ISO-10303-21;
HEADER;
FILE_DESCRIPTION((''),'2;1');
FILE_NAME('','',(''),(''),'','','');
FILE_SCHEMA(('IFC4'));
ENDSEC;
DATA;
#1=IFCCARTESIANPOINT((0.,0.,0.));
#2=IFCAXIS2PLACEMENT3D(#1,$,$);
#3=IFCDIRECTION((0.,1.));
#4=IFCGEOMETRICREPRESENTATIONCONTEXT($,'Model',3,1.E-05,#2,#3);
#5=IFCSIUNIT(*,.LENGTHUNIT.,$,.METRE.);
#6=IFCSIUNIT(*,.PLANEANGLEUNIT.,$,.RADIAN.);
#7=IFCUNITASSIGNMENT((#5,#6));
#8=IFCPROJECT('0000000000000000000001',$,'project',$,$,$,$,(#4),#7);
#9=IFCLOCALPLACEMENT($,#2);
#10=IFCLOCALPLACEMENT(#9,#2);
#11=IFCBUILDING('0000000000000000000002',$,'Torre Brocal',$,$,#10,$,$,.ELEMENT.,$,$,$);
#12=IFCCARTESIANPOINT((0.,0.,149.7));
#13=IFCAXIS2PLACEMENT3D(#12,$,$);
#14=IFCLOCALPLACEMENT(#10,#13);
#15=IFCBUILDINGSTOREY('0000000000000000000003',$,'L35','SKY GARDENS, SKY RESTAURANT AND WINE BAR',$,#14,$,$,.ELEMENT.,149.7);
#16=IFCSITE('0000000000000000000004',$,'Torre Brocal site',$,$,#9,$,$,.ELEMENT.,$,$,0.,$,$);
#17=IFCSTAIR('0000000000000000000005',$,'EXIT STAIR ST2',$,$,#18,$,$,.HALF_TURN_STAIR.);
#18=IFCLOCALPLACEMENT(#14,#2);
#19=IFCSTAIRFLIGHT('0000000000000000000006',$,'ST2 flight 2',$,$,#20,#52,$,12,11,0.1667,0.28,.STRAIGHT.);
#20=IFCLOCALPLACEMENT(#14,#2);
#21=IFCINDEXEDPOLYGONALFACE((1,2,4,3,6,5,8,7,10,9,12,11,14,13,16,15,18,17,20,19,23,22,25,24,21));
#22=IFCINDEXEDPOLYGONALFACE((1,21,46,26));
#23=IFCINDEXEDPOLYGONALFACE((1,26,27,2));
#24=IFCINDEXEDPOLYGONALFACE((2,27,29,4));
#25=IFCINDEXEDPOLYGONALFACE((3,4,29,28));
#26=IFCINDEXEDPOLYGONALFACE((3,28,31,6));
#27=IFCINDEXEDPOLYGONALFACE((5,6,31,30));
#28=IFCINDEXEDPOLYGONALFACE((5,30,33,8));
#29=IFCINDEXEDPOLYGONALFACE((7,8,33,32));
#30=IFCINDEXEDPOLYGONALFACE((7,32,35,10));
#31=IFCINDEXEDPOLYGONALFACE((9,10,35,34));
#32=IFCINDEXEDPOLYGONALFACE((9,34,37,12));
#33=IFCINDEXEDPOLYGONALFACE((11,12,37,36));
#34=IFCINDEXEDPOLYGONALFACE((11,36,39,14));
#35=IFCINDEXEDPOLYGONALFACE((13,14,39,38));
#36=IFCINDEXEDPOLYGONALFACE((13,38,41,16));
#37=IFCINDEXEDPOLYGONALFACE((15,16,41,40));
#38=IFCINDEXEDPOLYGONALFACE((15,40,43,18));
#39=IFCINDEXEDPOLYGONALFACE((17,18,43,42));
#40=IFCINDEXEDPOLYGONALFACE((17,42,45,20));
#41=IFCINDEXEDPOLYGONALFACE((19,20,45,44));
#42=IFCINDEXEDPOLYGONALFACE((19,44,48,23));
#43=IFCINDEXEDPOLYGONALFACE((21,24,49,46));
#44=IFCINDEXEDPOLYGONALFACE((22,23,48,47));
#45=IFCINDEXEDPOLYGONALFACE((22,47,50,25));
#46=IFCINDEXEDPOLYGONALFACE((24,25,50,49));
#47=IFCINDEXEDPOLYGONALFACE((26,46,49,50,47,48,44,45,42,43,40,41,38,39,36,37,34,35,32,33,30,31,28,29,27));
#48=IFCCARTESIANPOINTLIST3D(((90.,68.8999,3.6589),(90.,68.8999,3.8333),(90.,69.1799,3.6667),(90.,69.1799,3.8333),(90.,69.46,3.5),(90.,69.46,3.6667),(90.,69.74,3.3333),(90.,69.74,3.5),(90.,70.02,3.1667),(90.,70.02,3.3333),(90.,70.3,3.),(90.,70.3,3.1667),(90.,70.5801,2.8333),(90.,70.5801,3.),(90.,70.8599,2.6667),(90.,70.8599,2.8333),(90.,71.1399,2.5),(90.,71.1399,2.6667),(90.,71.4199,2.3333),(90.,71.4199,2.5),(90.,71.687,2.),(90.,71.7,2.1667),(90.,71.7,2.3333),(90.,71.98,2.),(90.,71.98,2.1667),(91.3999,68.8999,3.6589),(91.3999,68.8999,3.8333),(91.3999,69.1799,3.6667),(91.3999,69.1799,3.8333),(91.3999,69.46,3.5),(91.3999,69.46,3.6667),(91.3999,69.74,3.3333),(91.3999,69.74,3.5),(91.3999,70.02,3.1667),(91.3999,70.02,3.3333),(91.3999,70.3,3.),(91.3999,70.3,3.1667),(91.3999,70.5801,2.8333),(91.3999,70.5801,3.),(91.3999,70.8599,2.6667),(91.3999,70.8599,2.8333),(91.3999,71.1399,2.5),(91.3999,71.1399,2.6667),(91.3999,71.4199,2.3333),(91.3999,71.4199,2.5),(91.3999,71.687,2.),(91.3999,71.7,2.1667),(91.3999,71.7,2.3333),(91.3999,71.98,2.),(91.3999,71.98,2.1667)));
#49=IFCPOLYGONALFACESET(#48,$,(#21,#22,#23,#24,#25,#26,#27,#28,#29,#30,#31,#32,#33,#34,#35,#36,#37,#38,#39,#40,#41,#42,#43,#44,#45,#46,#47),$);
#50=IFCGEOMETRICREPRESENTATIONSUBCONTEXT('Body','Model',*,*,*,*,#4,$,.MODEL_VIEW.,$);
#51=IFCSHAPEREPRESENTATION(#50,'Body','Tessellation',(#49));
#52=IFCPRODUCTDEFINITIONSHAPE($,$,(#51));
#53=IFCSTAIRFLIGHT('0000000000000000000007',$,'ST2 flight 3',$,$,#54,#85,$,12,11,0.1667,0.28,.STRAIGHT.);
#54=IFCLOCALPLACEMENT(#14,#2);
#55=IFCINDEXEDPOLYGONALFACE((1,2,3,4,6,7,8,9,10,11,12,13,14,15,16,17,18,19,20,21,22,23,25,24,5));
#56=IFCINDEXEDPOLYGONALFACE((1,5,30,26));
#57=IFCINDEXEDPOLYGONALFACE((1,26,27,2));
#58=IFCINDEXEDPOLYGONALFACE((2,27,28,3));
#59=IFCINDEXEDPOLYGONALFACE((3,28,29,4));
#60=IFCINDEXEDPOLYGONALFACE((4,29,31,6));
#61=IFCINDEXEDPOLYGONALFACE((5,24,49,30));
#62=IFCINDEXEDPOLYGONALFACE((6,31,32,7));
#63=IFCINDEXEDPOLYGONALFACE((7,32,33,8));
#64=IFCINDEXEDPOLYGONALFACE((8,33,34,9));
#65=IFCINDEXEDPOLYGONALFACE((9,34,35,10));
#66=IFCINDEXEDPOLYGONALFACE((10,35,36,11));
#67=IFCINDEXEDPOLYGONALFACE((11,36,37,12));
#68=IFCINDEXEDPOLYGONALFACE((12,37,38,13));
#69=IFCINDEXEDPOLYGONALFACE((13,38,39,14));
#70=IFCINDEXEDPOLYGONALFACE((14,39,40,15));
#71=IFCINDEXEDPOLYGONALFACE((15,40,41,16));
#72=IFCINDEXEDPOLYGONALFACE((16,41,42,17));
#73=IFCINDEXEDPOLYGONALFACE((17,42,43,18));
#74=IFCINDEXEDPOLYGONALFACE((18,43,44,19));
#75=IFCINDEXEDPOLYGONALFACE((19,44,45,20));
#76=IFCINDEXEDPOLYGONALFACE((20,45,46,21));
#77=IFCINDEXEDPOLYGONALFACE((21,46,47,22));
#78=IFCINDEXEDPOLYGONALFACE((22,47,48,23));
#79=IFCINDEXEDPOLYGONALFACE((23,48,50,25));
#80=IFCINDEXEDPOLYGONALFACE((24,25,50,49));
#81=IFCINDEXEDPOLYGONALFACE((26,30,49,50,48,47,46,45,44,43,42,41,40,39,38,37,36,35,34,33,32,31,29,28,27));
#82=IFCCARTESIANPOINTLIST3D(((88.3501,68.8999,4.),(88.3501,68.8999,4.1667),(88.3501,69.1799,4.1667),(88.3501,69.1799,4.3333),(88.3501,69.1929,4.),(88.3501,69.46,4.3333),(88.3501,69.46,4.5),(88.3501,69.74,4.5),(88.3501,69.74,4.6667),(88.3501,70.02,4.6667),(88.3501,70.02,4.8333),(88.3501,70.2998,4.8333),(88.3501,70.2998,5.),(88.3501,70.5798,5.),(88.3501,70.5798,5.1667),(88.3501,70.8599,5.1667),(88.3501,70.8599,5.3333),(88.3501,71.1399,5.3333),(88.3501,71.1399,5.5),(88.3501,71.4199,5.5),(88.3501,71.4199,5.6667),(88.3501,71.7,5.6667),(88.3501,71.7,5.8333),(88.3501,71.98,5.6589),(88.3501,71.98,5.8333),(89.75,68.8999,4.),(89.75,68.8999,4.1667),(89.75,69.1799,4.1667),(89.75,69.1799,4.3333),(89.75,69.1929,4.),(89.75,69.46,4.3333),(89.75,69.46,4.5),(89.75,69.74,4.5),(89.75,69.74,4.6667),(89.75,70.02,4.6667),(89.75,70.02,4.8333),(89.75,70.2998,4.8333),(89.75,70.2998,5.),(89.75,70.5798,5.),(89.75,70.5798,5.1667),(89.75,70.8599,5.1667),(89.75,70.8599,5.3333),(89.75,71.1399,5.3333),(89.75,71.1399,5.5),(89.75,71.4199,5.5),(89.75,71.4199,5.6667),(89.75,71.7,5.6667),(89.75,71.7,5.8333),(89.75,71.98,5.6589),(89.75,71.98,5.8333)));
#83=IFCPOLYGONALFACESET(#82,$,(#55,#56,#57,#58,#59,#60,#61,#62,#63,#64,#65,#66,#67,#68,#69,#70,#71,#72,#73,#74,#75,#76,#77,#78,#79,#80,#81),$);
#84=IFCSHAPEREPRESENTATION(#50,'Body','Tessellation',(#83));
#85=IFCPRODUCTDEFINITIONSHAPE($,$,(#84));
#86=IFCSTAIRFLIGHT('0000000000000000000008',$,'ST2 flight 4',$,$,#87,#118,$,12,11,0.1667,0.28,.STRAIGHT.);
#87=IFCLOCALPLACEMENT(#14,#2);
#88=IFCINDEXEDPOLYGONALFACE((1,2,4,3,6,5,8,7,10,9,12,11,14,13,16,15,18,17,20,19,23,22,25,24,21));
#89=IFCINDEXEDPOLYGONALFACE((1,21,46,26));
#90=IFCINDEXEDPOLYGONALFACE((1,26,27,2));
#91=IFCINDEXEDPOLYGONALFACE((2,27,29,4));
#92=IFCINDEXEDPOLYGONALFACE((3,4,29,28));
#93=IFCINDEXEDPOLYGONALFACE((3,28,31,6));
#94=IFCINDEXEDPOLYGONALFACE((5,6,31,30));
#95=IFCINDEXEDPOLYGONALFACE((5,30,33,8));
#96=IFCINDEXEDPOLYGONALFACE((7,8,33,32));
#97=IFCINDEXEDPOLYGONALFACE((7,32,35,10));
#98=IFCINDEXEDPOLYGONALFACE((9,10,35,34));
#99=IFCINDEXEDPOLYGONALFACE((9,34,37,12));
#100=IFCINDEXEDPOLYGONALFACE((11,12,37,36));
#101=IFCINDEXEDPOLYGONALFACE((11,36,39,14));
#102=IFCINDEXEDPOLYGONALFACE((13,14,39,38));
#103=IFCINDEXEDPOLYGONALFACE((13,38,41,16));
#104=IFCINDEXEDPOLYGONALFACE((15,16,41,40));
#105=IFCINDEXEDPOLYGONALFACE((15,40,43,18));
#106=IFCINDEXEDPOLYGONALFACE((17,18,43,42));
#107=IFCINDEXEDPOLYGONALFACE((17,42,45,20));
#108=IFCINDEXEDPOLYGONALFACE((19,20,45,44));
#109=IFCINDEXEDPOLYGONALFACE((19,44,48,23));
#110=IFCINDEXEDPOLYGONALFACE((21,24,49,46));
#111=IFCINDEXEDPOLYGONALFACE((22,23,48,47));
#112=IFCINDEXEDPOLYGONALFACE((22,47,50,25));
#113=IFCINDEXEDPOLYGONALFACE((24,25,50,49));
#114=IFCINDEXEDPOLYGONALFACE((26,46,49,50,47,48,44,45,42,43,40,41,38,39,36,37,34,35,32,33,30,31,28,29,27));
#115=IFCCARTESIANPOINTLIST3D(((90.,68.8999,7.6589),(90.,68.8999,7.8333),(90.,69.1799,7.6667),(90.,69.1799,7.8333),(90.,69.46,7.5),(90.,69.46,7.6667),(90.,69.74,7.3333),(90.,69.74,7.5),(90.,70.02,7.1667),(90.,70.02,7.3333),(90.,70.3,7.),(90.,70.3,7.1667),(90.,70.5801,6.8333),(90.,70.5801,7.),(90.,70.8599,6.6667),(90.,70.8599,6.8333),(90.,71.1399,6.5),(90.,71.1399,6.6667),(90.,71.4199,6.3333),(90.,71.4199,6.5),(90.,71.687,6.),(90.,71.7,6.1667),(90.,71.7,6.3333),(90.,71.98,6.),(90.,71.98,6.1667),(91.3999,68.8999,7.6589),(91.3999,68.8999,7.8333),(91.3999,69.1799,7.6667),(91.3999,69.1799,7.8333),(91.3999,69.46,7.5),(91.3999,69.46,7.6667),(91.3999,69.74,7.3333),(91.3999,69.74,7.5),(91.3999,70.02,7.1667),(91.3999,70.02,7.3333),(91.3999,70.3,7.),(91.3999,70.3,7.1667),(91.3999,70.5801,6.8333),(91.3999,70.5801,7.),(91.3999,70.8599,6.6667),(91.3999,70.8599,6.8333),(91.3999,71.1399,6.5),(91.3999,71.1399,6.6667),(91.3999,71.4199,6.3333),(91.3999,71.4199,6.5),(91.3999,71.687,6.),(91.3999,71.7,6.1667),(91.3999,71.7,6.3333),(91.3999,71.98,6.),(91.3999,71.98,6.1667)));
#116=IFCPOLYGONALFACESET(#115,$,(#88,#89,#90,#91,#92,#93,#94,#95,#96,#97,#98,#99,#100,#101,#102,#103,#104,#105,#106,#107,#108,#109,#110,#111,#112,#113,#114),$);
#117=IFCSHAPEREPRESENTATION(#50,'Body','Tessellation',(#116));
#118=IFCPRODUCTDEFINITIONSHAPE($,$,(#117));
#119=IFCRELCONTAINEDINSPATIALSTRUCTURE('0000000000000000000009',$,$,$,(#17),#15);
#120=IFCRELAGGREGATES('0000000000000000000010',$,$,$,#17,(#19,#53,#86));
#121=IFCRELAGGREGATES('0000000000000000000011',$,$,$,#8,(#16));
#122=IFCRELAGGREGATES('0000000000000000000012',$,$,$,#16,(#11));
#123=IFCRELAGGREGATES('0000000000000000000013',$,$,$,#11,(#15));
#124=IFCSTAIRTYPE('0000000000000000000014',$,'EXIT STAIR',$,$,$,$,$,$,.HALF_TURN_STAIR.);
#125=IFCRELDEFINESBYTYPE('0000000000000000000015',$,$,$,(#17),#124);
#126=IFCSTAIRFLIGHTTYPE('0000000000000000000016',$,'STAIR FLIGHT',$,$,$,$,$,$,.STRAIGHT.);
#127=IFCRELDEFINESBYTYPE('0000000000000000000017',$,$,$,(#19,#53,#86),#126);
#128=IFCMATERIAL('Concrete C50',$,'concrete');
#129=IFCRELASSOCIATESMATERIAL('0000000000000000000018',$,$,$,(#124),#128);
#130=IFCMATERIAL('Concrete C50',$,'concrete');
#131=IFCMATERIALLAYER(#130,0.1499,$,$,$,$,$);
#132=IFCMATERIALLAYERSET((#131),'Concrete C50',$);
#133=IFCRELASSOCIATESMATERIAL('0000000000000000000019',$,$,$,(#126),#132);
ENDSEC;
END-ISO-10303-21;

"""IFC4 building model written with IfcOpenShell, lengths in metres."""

from ifc_helpers import new_model, si_unit, direction, frame, origin, place, context, subcontext, project, spatial, polyline, outline, extrude, material, layer, layer_set, type_object, element, aggregate, save


model = new_model("IFC4")

# Units and contexts
model_context = context("Model", 3, precision=1e-05, world=origin(), true_north=direction((0.0, 1.0)))
body_context = subcontext(model_context, "Body", "Model", "MODEL_VIEW")
ifc_project = project(units=[si_unit("LENGTHUNIT", "METRE"), si_unit("PLANEANGLEUNIT", "RADIAN")], contexts=[model_context])

# Site, building, storey
site_placement = place(None, origin())
site = spatial("IfcSite", under=ifc_project, at=site_placement, Name="Torre Brocal site", CompositionType="ELEMENT", RefElevation=0.0)
building_placement = place(site_placement, origin())
building = spatial("IfcBuilding", under=site, at=building_placement, Name="Torre Brocal", CompositionType="ELEMENT")
storey_placement = place(building_placement, frame((0.0, 0.0, 149.7)))
storey = spatial("IfcBuildingStorey", under=building, at=storey_placement, Name="L35", Description="SKY GARDENS, SKY RESTAURANT AND WINE BAR", CompositionType="ELEMENT", Elevation=149.7)

# Stair, stair flights
ifc_material_1 = material(Name="Concrete C50", Category="concrete")
stair_type = type_object("IfcStairType", Name="EXIT STAIR", PredefinedType="HALF_TURN_STAIR", material=ifc_material_1)
stair_placement = place(storey_placement, origin())
stair = element("IfcStair", 1, at=stair_placement, inside=storey, type_object=stair_type, Name="EXIT STAIR ST2", PredefinedType="HALF_TURN_STAIR")
ifc_material_2 = material(Name="Concrete C50", Category="concrete")
ifc_layer_1 = layer(ifc_material_2, 0.1499)
ifc_layer_set_1 = layer_set([ifc_layer_1], Name="Concrete C50")
stair_flight_type = type_object("IfcStairFlightType", Name="STAIR FLIGHT", PredefinedType="STRAIGHT", material=ifc_layer_set_1)
stair_flight_1_placement = place(storey_placement, frame((90.7, 71.98, 2.0), z_axis=(0.0, 0.0, 1.0), x_axis=(0.0, -1.0, 0.0)))
stair_flight_1 = element("IfcStairFlight", 2, at=stair_flight_1_placement, type_object=stair_flight_type, Name="ST2 flight 2", NumberOfRisers=12, NumberOfTreads=11, PredefinedType="STRAIGHT", RiserHeight=0.1667, TreadLength=0.28, context=body_context, shape_type="SweptSolid", body=[
    extrude(outline(polyline([(0.0, 0.0), (0.0, 0.1667), (0.28, 0.1667), (0.28, 0.3333), (0.5601, 0.3333), (0.5601, 0.5), (0.8401, 0.5), (0.8401, 0.6667), (1.1201, 0.6667), (1.1201, 0.8333), (1.3999, 0.8333), (1.3999, 1.0), (1.6799, 1.0), (1.6799, 1.1667), (1.96, 1.1667), (1.96, 1.3333), (2.24, 1.3333), (2.24, 1.5), (2.52, 1.5), (2.52, 1.6667), (2.8, 1.6667), (2.8, 1.8333), (3.0801, 1.8333), (3.0801, 2.0), (3.0801, 1.6589), (0.293, 0.0), (0.0, 0.0)])), frame((0.0, 0.7, 0.0), z_axis=(0.0, -1.0, 0.0), x_axis=(1.0, 0.0, 0.0)), (0.0, 0.0, 1.0), 1.3999),
])
stair_flight_2_placement = place(storey_placement, frame((89.05, 68.8999, 4.0), z_axis=(0.0, 0.0, 1.0), x_axis=(0.0, 1.0, 0.0)))
stair_flight_2 = element("IfcStairFlight", 3, at=stair_flight_2_placement, type_object=stair_flight_type, Name="ST2 flight 3", NumberOfRisers=12, NumberOfTreads=11, PredefinedType="STRAIGHT", RiserHeight=0.1667, TreadLength=0.28, context=body_context, shape_type="SweptSolid", body=[
    extrude(outline(polyline([(0.0, 0.0), (0.0, 0.1667), (0.28, 0.1667), (0.28, 0.3333), (0.5601, 0.3333), (0.5601, 0.5), (0.8401, 0.5), (0.8401, 0.6667), (1.1201, 0.6667), (1.1201, 0.8333), (1.3999, 0.8333), (1.3999, 1.0), (1.6799, 1.0), (1.6799, 1.1667), (1.96, 1.1667), (1.96, 1.3333), (2.24, 1.3333), (2.24, 1.5), (2.52, 1.5), (2.52, 1.6667), (2.8, 1.6667), (2.8, 1.8333), (3.0801, 1.8333), (3.0801, 2.0), (3.0801, 1.6589), (0.293, 0.0), (0.0, 0.0)])), frame((0.0, 0.7, 0.0), z_axis=(0.0, -1.0, 0.0), x_axis=(1.0, 0.0, 0.0)), (0.0, 0.0, 1.0), 1.3999),
])
stair_flight_3_placement = place(storey_placement, frame((90.7, 71.98, 6.0), z_axis=(0.0, 0.0, 1.0), x_axis=(0.0, -1.0, 0.0)))
stair_flight_3 = element("IfcStairFlight", 4, at=stair_flight_3_placement, type_object=stair_flight_type, Name="ST2 flight 4", NumberOfRisers=12, NumberOfTreads=11, PredefinedType="STRAIGHT", RiserHeight=0.1667, TreadLength=0.28, context=body_context, shape_type="SweptSolid", body=[
    extrude(outline(polyline([(0.0, 0.0), (0.0, 0.1667), (0.28, 0.1667), (0.28, 0.3333), (0.5601, 0.3333), (0.5601, 0.5), (0.8401, 0.5), (0.8401, 0.6667), (1.1201, 0.6667), (1.1201, 0.8333), (1.3999, 0.8333), (1.3999, 1.0), (1.6799, 1.0), (1.6799, 1.1667), (1.96, 1.1667), (1.96, 1.3333), (2.24, 1.3333), (2.24, 1.5), (2.52, 1.5), (2.52, 1.6667), (2.8, 1.6667), (2.8, 1.8333), (3.0801, 1.8333), (3.0801, 2.0), (3.0801, 1.6589), (0.293, 0.0), (0.0, 0.0)])), frame((0.0, 0.7, 0.0), z_axis=(0.0, -1.0, 0.0), x_axis=(1.0, 0.0, 0.0)), (0.0, 0.0, 1.0), 1.3999),
])
aggregate(stair, [stair_flight_1, stair_flight_2, stair_flight_3])

save(model, "model.ifc")
